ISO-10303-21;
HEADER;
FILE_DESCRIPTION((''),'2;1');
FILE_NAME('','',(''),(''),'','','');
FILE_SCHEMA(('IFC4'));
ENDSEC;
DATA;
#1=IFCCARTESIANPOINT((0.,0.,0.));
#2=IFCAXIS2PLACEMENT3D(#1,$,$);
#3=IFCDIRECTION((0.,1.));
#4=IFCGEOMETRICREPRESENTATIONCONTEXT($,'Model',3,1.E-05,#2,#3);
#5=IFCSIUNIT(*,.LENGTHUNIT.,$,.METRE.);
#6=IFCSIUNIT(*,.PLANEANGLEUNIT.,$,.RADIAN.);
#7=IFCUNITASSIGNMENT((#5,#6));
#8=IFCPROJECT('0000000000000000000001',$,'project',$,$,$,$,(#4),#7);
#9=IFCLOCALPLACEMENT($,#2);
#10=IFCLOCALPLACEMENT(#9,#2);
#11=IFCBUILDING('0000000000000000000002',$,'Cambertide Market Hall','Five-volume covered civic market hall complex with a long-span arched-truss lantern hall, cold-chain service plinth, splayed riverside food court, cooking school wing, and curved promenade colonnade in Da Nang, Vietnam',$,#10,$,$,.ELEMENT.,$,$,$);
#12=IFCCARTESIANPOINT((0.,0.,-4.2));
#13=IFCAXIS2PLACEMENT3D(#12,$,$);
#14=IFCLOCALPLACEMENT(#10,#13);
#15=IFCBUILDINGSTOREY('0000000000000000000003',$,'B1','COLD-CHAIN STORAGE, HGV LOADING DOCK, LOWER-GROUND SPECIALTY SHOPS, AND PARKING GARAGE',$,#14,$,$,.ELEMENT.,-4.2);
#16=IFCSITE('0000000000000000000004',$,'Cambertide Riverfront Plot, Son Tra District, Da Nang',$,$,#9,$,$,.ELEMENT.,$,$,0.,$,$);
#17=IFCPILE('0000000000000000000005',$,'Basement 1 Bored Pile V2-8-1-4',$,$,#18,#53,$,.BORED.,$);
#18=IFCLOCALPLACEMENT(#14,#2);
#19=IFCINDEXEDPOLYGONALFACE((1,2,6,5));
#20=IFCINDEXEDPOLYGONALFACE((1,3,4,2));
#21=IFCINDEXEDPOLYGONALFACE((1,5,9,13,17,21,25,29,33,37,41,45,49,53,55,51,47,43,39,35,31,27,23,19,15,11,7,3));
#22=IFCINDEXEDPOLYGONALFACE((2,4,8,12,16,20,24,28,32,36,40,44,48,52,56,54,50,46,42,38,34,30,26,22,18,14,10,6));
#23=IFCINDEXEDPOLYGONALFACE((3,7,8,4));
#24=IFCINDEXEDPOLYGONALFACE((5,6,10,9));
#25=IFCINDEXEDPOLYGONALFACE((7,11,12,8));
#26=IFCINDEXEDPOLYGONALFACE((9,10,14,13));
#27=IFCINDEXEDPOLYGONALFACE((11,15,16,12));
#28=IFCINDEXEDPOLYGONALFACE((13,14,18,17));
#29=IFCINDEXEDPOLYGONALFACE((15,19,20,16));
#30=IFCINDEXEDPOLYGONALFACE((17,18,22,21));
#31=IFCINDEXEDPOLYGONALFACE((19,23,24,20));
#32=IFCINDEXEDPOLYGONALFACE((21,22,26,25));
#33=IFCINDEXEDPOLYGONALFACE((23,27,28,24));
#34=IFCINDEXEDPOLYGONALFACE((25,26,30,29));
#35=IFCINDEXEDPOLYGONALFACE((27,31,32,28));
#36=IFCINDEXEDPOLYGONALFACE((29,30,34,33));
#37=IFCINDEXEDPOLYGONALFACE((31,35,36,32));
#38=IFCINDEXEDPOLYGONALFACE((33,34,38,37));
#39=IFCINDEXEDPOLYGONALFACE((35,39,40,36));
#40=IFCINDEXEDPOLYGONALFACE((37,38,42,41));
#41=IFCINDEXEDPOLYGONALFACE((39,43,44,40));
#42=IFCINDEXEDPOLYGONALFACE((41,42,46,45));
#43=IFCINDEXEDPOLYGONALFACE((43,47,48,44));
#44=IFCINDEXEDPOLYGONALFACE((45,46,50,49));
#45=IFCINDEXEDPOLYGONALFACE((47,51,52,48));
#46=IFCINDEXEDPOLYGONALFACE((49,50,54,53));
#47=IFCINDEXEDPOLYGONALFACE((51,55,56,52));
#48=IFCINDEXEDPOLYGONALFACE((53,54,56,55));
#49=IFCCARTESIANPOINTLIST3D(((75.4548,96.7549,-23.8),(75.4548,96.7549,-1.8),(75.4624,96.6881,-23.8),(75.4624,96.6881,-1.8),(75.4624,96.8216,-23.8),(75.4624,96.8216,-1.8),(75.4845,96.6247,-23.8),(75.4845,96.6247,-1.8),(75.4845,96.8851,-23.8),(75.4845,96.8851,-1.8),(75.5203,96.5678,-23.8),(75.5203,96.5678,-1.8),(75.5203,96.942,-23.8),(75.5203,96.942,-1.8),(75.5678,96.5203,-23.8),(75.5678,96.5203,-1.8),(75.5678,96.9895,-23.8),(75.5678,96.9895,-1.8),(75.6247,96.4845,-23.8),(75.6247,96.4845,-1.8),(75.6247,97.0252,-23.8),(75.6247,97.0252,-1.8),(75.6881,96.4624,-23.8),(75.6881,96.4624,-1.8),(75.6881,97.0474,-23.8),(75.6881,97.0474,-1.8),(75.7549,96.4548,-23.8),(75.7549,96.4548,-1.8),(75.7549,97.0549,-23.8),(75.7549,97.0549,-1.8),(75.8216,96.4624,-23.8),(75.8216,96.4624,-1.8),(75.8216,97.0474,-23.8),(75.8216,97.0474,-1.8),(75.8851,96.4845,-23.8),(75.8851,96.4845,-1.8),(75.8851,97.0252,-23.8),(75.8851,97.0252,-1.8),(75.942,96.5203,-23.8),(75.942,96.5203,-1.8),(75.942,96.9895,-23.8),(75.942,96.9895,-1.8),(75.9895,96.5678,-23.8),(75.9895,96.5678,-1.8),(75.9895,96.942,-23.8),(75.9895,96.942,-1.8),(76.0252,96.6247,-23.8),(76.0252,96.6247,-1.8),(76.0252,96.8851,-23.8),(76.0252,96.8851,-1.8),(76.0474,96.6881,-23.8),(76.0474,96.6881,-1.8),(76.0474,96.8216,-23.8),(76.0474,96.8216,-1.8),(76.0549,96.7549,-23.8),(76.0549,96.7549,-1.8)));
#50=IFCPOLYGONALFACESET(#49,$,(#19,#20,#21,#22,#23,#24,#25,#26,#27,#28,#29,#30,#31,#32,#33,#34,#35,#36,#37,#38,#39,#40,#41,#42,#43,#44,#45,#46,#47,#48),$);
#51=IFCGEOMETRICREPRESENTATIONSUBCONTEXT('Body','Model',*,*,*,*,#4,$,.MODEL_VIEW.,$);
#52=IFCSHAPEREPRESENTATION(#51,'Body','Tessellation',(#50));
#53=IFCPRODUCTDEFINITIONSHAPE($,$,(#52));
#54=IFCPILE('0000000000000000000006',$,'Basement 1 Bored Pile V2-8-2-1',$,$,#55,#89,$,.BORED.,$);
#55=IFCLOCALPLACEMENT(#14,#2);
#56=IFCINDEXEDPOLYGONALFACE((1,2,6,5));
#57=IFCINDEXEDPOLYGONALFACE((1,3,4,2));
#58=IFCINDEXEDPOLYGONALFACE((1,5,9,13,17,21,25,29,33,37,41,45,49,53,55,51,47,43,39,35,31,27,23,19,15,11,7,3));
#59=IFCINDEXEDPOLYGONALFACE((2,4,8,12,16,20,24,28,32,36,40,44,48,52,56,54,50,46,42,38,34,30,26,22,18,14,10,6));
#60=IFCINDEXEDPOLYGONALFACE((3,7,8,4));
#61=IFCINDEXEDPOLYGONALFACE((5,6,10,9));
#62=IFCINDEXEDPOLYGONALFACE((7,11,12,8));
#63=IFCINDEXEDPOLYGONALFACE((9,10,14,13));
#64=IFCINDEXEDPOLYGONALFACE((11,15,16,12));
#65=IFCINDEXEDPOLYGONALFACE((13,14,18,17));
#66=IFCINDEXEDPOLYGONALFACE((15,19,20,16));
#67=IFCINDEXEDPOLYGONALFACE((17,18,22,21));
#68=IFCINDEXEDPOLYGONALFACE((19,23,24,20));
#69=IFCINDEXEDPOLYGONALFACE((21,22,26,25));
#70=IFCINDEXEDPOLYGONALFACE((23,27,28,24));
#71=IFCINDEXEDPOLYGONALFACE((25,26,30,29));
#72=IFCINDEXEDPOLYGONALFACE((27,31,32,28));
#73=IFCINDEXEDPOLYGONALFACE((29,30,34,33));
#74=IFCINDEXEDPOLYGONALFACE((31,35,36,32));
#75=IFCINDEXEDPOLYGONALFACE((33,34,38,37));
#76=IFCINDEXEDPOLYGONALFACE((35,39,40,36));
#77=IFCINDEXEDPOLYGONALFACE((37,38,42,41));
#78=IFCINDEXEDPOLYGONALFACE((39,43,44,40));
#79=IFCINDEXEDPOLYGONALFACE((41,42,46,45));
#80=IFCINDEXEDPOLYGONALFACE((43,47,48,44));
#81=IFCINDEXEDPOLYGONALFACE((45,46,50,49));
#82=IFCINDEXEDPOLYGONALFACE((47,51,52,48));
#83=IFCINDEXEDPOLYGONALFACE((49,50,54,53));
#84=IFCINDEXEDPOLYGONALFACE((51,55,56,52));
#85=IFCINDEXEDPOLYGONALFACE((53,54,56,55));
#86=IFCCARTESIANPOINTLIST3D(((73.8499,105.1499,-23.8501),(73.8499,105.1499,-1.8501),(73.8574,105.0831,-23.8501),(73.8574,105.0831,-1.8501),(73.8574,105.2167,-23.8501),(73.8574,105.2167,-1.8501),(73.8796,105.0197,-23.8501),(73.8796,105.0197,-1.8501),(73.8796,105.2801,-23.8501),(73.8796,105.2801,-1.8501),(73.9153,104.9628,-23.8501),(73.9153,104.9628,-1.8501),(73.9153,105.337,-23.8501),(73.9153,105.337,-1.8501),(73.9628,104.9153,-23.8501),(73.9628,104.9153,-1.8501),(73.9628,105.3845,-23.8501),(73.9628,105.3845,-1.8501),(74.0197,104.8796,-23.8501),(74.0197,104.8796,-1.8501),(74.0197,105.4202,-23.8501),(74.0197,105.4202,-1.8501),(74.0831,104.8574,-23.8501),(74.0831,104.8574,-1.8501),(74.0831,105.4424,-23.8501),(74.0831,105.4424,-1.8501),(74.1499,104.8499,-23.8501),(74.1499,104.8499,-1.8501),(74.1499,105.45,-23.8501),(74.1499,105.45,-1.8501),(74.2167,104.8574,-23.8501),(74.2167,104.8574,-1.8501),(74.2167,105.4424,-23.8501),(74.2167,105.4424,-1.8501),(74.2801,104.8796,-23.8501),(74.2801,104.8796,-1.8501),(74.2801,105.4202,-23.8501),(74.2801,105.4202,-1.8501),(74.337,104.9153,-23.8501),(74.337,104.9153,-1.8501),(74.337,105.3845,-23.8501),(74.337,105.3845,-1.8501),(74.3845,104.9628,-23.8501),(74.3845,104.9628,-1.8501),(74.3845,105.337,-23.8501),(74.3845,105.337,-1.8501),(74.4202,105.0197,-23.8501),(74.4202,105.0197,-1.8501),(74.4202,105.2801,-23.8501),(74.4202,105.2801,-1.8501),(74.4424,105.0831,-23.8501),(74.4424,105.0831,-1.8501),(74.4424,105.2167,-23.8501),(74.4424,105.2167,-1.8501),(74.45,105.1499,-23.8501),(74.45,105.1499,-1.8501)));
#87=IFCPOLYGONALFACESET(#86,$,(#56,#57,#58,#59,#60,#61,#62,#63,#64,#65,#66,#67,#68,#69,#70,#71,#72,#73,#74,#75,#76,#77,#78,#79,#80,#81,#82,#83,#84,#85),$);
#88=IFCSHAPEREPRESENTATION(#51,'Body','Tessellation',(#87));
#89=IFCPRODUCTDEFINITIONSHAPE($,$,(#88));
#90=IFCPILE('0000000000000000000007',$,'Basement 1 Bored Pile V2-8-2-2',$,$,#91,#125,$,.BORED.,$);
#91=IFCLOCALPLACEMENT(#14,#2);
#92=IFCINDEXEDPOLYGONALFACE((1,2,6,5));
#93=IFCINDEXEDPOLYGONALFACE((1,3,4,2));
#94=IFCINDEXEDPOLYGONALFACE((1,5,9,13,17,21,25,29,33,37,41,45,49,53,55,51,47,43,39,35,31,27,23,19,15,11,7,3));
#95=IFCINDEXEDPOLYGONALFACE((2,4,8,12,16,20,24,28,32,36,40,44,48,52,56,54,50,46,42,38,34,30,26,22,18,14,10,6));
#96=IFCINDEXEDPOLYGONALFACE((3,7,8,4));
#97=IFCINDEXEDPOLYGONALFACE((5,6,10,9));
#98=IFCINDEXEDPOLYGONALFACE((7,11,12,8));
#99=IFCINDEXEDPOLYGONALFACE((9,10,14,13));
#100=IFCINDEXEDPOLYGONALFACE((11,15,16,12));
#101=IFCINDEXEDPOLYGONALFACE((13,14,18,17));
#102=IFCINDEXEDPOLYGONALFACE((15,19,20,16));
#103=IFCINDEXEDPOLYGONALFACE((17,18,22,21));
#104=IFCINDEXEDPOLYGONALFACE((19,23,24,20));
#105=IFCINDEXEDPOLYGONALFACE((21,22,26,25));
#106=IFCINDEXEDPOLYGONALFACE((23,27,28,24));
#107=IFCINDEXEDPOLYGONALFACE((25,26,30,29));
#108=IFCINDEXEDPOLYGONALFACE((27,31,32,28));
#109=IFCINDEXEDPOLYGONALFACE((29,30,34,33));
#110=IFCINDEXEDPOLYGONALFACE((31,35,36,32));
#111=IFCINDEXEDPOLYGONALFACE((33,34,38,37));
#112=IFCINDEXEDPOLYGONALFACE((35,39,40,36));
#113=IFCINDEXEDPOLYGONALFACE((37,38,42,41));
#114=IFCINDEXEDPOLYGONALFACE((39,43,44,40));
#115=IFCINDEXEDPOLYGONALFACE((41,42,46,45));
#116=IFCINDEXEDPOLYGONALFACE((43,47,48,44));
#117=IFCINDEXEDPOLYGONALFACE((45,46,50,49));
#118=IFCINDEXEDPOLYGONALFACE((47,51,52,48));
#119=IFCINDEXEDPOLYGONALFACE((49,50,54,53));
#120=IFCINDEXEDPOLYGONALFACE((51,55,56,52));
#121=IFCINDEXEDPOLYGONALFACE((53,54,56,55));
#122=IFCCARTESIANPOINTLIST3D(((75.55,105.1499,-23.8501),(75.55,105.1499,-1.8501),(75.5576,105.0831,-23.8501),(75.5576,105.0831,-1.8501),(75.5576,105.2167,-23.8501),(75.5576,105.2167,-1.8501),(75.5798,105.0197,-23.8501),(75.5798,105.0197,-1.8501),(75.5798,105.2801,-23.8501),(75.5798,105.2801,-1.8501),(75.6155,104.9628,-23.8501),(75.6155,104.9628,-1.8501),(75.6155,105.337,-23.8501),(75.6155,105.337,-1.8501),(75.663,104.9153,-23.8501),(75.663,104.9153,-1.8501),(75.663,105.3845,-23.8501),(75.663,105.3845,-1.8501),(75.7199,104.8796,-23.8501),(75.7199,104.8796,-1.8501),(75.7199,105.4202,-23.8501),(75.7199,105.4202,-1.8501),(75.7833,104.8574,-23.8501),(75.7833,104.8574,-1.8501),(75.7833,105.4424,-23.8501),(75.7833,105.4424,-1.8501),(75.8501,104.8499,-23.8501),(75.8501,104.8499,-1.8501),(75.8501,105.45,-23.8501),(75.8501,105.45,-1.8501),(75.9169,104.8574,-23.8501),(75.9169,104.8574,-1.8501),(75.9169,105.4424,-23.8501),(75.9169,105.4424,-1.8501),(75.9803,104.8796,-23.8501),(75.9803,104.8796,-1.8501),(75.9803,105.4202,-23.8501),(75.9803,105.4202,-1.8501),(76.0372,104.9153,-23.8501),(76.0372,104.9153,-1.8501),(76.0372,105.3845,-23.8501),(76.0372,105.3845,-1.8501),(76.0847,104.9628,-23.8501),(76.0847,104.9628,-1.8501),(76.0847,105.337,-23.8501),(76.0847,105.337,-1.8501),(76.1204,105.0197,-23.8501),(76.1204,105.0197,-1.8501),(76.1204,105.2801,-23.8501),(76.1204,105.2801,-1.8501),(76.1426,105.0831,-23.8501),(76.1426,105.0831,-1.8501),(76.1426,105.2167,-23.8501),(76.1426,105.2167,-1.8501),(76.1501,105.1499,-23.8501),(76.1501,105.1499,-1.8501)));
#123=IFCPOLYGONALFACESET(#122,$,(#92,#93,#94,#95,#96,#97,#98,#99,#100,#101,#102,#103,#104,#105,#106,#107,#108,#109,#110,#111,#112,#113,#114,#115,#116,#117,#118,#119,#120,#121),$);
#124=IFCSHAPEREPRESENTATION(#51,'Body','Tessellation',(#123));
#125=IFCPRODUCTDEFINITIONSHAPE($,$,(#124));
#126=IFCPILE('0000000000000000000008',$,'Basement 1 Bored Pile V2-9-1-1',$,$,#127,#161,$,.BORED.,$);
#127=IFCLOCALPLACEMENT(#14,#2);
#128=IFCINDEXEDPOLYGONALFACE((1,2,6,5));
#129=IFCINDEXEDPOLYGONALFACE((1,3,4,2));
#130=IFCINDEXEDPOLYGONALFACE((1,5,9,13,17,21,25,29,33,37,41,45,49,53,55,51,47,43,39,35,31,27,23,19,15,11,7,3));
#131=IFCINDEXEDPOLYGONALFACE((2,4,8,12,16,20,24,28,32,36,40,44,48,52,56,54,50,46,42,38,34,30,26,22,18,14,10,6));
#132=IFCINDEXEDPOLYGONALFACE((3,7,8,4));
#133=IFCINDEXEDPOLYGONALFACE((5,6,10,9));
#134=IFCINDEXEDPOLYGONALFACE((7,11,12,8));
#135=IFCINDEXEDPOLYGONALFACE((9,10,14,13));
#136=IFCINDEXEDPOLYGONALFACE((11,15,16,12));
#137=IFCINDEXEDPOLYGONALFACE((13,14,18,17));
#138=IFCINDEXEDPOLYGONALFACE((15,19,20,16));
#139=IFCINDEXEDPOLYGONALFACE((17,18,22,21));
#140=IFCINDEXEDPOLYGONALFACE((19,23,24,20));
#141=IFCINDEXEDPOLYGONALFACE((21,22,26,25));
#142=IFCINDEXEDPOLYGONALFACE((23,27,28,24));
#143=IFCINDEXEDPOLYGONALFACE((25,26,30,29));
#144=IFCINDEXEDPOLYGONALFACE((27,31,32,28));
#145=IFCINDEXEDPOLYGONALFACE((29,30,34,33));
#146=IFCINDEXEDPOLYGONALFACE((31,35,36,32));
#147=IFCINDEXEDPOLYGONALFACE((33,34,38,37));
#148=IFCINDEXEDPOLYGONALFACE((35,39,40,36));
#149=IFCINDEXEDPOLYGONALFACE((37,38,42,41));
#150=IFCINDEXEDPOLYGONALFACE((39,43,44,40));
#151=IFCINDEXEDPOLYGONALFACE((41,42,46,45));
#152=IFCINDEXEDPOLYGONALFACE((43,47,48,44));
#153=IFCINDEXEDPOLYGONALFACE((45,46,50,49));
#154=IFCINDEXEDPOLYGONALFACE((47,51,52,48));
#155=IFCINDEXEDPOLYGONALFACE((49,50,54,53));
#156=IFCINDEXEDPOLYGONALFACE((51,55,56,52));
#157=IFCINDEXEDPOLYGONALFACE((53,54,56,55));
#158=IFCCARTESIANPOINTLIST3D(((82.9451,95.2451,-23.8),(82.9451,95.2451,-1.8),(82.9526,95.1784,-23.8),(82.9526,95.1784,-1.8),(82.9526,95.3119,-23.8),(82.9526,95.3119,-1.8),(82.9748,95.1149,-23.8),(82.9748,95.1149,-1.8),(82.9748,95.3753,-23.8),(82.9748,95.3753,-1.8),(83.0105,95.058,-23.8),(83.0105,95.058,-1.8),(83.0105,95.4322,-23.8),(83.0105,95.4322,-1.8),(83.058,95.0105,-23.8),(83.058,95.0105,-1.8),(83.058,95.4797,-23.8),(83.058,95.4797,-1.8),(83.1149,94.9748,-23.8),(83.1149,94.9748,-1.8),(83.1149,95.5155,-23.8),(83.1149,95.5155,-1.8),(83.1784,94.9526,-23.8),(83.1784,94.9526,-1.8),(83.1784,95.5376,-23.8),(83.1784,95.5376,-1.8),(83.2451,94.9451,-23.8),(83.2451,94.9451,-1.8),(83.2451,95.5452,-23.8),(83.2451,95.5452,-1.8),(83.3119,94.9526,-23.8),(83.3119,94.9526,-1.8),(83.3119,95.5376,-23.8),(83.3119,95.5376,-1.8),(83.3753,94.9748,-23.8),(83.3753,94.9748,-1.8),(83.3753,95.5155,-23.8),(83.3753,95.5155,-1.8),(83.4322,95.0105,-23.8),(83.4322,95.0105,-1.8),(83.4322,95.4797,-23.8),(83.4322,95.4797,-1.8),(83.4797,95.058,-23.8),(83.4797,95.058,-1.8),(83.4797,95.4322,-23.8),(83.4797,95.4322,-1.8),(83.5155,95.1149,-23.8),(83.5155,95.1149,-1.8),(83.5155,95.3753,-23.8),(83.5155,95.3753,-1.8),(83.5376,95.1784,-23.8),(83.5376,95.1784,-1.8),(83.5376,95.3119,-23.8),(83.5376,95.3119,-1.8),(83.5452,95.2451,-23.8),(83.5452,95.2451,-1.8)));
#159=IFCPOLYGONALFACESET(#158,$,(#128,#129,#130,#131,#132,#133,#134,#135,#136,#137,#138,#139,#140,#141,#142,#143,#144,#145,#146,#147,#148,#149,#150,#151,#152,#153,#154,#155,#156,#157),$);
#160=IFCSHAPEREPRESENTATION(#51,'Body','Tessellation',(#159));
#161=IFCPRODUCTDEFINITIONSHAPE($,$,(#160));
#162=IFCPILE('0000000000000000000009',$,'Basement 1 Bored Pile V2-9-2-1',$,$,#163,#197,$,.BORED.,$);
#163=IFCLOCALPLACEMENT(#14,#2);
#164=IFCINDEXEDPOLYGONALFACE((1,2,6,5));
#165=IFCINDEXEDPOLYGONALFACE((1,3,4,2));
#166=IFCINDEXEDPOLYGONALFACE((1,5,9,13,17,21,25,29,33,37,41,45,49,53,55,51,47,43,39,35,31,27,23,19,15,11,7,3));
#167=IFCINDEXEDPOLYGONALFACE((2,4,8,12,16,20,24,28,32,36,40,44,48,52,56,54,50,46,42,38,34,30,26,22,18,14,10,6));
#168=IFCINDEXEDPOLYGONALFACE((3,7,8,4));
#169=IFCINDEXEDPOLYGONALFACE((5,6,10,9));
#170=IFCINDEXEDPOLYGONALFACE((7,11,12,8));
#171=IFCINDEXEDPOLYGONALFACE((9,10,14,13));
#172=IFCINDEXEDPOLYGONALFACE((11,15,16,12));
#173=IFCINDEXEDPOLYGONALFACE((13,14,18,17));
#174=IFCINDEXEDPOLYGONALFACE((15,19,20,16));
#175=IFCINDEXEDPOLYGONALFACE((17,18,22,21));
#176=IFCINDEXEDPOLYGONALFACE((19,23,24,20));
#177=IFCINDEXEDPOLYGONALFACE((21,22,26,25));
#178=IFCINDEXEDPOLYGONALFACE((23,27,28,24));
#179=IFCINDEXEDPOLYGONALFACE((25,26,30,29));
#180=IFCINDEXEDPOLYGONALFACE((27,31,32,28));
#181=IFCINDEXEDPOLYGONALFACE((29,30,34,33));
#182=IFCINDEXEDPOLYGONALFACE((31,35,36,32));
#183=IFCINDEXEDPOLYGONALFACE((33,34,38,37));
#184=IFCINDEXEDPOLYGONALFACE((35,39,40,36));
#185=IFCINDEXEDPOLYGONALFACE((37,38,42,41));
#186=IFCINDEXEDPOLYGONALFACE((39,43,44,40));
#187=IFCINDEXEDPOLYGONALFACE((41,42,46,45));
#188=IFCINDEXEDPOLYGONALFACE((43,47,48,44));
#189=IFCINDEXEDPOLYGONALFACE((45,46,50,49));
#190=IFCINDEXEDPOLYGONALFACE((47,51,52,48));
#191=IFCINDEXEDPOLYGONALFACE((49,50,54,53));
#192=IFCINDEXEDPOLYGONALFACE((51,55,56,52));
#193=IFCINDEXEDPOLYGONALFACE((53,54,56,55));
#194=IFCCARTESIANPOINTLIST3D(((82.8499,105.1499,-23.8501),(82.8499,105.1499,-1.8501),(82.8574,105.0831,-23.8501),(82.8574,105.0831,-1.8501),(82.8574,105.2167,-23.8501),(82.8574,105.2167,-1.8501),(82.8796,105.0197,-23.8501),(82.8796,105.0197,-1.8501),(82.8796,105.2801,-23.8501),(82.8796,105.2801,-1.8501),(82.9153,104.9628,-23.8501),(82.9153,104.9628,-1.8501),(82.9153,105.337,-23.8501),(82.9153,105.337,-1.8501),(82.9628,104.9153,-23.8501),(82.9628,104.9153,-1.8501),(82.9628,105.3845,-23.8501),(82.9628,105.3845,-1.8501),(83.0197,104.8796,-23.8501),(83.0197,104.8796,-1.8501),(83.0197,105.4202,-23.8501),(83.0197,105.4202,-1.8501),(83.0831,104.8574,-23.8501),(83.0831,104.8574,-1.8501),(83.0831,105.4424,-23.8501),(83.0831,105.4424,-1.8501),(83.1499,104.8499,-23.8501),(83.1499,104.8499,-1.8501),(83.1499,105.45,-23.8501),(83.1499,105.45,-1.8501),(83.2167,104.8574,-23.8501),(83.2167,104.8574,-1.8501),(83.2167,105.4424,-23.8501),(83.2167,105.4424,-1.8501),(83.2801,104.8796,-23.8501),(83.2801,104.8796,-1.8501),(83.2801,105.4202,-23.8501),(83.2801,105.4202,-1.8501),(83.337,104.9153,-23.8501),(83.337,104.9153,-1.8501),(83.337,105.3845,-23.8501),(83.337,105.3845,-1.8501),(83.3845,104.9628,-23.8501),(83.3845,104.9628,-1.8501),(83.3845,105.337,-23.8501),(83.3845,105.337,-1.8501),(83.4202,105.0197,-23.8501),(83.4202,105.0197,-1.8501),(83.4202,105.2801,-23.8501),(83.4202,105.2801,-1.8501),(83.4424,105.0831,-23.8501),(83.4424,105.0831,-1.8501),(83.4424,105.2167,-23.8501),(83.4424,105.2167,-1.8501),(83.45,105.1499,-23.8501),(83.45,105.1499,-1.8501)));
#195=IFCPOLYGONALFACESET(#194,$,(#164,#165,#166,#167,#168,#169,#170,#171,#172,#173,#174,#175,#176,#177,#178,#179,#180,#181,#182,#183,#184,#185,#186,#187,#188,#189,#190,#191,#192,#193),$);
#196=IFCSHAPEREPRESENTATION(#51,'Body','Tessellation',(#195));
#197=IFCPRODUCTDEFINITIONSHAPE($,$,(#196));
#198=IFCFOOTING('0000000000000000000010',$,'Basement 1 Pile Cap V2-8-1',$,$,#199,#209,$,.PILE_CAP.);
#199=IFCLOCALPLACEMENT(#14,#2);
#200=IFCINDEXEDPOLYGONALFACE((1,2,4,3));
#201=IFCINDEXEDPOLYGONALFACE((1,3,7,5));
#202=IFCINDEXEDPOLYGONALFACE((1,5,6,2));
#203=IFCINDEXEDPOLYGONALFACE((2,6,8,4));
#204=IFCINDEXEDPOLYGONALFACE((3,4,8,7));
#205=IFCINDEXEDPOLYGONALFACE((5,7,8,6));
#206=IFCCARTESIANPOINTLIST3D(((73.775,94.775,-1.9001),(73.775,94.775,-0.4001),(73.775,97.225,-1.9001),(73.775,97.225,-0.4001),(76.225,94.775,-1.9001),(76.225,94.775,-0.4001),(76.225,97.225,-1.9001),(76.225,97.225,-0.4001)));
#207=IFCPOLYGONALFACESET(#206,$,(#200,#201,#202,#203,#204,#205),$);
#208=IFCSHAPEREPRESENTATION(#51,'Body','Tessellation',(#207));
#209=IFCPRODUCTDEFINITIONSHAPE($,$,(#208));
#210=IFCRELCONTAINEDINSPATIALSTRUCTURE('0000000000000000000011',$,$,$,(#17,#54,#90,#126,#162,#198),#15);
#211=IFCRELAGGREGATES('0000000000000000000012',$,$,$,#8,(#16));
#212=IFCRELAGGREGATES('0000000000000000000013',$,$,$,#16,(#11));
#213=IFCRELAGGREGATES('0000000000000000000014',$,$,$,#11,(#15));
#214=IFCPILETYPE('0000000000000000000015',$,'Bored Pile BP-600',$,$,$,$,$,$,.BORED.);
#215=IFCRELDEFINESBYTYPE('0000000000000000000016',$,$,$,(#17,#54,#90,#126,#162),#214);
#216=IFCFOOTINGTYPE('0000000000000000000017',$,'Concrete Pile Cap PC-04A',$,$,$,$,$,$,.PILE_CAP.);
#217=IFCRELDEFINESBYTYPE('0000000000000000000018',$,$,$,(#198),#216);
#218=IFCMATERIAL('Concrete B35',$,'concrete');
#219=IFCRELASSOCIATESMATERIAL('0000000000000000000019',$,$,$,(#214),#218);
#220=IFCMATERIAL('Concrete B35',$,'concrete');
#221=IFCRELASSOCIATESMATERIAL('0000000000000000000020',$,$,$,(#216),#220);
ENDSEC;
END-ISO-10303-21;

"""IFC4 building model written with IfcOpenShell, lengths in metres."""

from ifc_helpers import new_model, si_unit, direction, frame, origin, origin_2d, place, context, subcontext, project, spatial, rectangle, circle, extrude, material, material_profile, profile_set, type_object, element, save


model = new_model("IFC4")

# Units and contexts
model_context = context("Model", 3, precision=1e-05, world=origin(), true_north=direction((0.0, 1.0)))
body_context = subcontext(model_context, "Body", "Model", "MODEL_VIEW")
ifc_project = project(units=[si_unit("LENGTHUNIT", "METRE"), si_unit("PLANEANGLEUNIT", "RADIAN")], contexts=[model_context])

# Site, building, storey
site_placement = place(None, origin())
site = spatial("IfcSite", under=ifc_project, at=site_placement, Name="Cambertide Riverfront Plot, Son Tra District, Da Nang", CompositionType="ELEMENT", RefElevation=0.0)
building_placement = place(site_placement, origin())
building = spatial("IfcBuilding", under=site, at=building_placement, Name="Cambertide Market Hall", Description="Five-volume covered civic market hall complex with a long-span arched-truss lantern hall, cold-chain service plinth, splayed riverside food court, cooking school wing, and curved promenade colonnade in Da Nang, Vietnam", CompositionType="ELEMENT")
storey_placement = place(building_placement, frame((0.0, 0.0, -4.2)))
storey = spatial("IfcBuildingStorey", under=building, at=storey_placement, Name="B1", Description="COLD-CHAIN STORAGE, HGV LOADING DOCK, LOWER-GROUND SPECIALTY SHOPS, AND PARKING GARAGE", CompositionType="ELEMENT", Elevation=-4.2)

# Piles
ifc_material_1 = material(Name="Concrete B35", Category="concrete")
ifc_material_profile_1 = material_profile(ifc_material_1, circle(Radius=0.3, at=origin_2d()), Name="BP D600")
ifc_profile_set_1 = profile_set([ifc_material_profile_1], Name="Concrete B35")
pile_type = type_object("IfcPileType", Name="Bored Pile BP-600", PredefinedType="BORED", material=ifc_profile_set_1)
for number, where, z_axis, x_axis, name in (
    (1, (75.7549, 96.7549, -1.8), (0.0, 0.0, -1.0), (1.0, 0.0, 0.0), "Basement 1 Bored Pile V2-8-1-4"),
    (2, (74.1499, 105.1499, -1.8501), (0.0, 0.0, -1.0), (1.0, 0.0, 0.0), "Basement 1 Bored Pile V2-8-2-1"),
    (3, (75.8501, 105.1499, -1.8501), (0.0, 0.0, -1.0), (1.0, 0.0, 0.0), "Basement 1 Bored Pile V2-8-2-2"),
    (4, (83.2451, 95.2451, -1.8), (0.0, 0.0, -1.0), (1.0, 0.0, 0.0), "Basement 1 Bored Pile V2-9-1-1"),
    (5, (83.1499, 105.1499, -1.8501), (0.0, 0.0, -1.0), (1.0, 0.0, 0.0), "Basement 1 Bored Pile V2-9-2-1"),
):
    element("IfcPile", number, at=place(storey_placement, frame(where, z_axis=z_axis, x_axis=x_axis)), inside=storey, type_object=pile_type, Name=name, PredefinedType="BORED", context=body_context, shape_type="SweptSolid", body=[
        extrude(circle(Radius=0.3, at=origin_2d()), origin(), (0.0, 0.0, 1.0), 22.0),
    ])

# Footing
ifc_material_2 = material(Name="Concrete B35", Category="concrete")
footing_type_1 = type_object("IfcFootingType", Name="Concrete Pile Cap PC-04A", PredefinedType="PILE_CAP", material=ifc_material_2)
footing_1_placement = place(storey_placement, frame((75.0, 96.0, -1.9001), z_axis=(0.0, 0.0, 1.0), x_axis=(1.0, 0.0, 0.0)))
element("IfcFooting", 6, at=footing_1_placement, inside=storey, type_object=footing_type_1, Name="Basement 1 Pile Cap V2-8-1", PredefinedType="PILE_CAP", context=body_context, shape_type="SweptSolid", body=[
    extrude(rectangle(XDim=2.45, YDim=2.45, at=origin_2d()), origin(), (0.0, 0.0, 1.0), 1.5),
])

save(model, "model.ifc")
